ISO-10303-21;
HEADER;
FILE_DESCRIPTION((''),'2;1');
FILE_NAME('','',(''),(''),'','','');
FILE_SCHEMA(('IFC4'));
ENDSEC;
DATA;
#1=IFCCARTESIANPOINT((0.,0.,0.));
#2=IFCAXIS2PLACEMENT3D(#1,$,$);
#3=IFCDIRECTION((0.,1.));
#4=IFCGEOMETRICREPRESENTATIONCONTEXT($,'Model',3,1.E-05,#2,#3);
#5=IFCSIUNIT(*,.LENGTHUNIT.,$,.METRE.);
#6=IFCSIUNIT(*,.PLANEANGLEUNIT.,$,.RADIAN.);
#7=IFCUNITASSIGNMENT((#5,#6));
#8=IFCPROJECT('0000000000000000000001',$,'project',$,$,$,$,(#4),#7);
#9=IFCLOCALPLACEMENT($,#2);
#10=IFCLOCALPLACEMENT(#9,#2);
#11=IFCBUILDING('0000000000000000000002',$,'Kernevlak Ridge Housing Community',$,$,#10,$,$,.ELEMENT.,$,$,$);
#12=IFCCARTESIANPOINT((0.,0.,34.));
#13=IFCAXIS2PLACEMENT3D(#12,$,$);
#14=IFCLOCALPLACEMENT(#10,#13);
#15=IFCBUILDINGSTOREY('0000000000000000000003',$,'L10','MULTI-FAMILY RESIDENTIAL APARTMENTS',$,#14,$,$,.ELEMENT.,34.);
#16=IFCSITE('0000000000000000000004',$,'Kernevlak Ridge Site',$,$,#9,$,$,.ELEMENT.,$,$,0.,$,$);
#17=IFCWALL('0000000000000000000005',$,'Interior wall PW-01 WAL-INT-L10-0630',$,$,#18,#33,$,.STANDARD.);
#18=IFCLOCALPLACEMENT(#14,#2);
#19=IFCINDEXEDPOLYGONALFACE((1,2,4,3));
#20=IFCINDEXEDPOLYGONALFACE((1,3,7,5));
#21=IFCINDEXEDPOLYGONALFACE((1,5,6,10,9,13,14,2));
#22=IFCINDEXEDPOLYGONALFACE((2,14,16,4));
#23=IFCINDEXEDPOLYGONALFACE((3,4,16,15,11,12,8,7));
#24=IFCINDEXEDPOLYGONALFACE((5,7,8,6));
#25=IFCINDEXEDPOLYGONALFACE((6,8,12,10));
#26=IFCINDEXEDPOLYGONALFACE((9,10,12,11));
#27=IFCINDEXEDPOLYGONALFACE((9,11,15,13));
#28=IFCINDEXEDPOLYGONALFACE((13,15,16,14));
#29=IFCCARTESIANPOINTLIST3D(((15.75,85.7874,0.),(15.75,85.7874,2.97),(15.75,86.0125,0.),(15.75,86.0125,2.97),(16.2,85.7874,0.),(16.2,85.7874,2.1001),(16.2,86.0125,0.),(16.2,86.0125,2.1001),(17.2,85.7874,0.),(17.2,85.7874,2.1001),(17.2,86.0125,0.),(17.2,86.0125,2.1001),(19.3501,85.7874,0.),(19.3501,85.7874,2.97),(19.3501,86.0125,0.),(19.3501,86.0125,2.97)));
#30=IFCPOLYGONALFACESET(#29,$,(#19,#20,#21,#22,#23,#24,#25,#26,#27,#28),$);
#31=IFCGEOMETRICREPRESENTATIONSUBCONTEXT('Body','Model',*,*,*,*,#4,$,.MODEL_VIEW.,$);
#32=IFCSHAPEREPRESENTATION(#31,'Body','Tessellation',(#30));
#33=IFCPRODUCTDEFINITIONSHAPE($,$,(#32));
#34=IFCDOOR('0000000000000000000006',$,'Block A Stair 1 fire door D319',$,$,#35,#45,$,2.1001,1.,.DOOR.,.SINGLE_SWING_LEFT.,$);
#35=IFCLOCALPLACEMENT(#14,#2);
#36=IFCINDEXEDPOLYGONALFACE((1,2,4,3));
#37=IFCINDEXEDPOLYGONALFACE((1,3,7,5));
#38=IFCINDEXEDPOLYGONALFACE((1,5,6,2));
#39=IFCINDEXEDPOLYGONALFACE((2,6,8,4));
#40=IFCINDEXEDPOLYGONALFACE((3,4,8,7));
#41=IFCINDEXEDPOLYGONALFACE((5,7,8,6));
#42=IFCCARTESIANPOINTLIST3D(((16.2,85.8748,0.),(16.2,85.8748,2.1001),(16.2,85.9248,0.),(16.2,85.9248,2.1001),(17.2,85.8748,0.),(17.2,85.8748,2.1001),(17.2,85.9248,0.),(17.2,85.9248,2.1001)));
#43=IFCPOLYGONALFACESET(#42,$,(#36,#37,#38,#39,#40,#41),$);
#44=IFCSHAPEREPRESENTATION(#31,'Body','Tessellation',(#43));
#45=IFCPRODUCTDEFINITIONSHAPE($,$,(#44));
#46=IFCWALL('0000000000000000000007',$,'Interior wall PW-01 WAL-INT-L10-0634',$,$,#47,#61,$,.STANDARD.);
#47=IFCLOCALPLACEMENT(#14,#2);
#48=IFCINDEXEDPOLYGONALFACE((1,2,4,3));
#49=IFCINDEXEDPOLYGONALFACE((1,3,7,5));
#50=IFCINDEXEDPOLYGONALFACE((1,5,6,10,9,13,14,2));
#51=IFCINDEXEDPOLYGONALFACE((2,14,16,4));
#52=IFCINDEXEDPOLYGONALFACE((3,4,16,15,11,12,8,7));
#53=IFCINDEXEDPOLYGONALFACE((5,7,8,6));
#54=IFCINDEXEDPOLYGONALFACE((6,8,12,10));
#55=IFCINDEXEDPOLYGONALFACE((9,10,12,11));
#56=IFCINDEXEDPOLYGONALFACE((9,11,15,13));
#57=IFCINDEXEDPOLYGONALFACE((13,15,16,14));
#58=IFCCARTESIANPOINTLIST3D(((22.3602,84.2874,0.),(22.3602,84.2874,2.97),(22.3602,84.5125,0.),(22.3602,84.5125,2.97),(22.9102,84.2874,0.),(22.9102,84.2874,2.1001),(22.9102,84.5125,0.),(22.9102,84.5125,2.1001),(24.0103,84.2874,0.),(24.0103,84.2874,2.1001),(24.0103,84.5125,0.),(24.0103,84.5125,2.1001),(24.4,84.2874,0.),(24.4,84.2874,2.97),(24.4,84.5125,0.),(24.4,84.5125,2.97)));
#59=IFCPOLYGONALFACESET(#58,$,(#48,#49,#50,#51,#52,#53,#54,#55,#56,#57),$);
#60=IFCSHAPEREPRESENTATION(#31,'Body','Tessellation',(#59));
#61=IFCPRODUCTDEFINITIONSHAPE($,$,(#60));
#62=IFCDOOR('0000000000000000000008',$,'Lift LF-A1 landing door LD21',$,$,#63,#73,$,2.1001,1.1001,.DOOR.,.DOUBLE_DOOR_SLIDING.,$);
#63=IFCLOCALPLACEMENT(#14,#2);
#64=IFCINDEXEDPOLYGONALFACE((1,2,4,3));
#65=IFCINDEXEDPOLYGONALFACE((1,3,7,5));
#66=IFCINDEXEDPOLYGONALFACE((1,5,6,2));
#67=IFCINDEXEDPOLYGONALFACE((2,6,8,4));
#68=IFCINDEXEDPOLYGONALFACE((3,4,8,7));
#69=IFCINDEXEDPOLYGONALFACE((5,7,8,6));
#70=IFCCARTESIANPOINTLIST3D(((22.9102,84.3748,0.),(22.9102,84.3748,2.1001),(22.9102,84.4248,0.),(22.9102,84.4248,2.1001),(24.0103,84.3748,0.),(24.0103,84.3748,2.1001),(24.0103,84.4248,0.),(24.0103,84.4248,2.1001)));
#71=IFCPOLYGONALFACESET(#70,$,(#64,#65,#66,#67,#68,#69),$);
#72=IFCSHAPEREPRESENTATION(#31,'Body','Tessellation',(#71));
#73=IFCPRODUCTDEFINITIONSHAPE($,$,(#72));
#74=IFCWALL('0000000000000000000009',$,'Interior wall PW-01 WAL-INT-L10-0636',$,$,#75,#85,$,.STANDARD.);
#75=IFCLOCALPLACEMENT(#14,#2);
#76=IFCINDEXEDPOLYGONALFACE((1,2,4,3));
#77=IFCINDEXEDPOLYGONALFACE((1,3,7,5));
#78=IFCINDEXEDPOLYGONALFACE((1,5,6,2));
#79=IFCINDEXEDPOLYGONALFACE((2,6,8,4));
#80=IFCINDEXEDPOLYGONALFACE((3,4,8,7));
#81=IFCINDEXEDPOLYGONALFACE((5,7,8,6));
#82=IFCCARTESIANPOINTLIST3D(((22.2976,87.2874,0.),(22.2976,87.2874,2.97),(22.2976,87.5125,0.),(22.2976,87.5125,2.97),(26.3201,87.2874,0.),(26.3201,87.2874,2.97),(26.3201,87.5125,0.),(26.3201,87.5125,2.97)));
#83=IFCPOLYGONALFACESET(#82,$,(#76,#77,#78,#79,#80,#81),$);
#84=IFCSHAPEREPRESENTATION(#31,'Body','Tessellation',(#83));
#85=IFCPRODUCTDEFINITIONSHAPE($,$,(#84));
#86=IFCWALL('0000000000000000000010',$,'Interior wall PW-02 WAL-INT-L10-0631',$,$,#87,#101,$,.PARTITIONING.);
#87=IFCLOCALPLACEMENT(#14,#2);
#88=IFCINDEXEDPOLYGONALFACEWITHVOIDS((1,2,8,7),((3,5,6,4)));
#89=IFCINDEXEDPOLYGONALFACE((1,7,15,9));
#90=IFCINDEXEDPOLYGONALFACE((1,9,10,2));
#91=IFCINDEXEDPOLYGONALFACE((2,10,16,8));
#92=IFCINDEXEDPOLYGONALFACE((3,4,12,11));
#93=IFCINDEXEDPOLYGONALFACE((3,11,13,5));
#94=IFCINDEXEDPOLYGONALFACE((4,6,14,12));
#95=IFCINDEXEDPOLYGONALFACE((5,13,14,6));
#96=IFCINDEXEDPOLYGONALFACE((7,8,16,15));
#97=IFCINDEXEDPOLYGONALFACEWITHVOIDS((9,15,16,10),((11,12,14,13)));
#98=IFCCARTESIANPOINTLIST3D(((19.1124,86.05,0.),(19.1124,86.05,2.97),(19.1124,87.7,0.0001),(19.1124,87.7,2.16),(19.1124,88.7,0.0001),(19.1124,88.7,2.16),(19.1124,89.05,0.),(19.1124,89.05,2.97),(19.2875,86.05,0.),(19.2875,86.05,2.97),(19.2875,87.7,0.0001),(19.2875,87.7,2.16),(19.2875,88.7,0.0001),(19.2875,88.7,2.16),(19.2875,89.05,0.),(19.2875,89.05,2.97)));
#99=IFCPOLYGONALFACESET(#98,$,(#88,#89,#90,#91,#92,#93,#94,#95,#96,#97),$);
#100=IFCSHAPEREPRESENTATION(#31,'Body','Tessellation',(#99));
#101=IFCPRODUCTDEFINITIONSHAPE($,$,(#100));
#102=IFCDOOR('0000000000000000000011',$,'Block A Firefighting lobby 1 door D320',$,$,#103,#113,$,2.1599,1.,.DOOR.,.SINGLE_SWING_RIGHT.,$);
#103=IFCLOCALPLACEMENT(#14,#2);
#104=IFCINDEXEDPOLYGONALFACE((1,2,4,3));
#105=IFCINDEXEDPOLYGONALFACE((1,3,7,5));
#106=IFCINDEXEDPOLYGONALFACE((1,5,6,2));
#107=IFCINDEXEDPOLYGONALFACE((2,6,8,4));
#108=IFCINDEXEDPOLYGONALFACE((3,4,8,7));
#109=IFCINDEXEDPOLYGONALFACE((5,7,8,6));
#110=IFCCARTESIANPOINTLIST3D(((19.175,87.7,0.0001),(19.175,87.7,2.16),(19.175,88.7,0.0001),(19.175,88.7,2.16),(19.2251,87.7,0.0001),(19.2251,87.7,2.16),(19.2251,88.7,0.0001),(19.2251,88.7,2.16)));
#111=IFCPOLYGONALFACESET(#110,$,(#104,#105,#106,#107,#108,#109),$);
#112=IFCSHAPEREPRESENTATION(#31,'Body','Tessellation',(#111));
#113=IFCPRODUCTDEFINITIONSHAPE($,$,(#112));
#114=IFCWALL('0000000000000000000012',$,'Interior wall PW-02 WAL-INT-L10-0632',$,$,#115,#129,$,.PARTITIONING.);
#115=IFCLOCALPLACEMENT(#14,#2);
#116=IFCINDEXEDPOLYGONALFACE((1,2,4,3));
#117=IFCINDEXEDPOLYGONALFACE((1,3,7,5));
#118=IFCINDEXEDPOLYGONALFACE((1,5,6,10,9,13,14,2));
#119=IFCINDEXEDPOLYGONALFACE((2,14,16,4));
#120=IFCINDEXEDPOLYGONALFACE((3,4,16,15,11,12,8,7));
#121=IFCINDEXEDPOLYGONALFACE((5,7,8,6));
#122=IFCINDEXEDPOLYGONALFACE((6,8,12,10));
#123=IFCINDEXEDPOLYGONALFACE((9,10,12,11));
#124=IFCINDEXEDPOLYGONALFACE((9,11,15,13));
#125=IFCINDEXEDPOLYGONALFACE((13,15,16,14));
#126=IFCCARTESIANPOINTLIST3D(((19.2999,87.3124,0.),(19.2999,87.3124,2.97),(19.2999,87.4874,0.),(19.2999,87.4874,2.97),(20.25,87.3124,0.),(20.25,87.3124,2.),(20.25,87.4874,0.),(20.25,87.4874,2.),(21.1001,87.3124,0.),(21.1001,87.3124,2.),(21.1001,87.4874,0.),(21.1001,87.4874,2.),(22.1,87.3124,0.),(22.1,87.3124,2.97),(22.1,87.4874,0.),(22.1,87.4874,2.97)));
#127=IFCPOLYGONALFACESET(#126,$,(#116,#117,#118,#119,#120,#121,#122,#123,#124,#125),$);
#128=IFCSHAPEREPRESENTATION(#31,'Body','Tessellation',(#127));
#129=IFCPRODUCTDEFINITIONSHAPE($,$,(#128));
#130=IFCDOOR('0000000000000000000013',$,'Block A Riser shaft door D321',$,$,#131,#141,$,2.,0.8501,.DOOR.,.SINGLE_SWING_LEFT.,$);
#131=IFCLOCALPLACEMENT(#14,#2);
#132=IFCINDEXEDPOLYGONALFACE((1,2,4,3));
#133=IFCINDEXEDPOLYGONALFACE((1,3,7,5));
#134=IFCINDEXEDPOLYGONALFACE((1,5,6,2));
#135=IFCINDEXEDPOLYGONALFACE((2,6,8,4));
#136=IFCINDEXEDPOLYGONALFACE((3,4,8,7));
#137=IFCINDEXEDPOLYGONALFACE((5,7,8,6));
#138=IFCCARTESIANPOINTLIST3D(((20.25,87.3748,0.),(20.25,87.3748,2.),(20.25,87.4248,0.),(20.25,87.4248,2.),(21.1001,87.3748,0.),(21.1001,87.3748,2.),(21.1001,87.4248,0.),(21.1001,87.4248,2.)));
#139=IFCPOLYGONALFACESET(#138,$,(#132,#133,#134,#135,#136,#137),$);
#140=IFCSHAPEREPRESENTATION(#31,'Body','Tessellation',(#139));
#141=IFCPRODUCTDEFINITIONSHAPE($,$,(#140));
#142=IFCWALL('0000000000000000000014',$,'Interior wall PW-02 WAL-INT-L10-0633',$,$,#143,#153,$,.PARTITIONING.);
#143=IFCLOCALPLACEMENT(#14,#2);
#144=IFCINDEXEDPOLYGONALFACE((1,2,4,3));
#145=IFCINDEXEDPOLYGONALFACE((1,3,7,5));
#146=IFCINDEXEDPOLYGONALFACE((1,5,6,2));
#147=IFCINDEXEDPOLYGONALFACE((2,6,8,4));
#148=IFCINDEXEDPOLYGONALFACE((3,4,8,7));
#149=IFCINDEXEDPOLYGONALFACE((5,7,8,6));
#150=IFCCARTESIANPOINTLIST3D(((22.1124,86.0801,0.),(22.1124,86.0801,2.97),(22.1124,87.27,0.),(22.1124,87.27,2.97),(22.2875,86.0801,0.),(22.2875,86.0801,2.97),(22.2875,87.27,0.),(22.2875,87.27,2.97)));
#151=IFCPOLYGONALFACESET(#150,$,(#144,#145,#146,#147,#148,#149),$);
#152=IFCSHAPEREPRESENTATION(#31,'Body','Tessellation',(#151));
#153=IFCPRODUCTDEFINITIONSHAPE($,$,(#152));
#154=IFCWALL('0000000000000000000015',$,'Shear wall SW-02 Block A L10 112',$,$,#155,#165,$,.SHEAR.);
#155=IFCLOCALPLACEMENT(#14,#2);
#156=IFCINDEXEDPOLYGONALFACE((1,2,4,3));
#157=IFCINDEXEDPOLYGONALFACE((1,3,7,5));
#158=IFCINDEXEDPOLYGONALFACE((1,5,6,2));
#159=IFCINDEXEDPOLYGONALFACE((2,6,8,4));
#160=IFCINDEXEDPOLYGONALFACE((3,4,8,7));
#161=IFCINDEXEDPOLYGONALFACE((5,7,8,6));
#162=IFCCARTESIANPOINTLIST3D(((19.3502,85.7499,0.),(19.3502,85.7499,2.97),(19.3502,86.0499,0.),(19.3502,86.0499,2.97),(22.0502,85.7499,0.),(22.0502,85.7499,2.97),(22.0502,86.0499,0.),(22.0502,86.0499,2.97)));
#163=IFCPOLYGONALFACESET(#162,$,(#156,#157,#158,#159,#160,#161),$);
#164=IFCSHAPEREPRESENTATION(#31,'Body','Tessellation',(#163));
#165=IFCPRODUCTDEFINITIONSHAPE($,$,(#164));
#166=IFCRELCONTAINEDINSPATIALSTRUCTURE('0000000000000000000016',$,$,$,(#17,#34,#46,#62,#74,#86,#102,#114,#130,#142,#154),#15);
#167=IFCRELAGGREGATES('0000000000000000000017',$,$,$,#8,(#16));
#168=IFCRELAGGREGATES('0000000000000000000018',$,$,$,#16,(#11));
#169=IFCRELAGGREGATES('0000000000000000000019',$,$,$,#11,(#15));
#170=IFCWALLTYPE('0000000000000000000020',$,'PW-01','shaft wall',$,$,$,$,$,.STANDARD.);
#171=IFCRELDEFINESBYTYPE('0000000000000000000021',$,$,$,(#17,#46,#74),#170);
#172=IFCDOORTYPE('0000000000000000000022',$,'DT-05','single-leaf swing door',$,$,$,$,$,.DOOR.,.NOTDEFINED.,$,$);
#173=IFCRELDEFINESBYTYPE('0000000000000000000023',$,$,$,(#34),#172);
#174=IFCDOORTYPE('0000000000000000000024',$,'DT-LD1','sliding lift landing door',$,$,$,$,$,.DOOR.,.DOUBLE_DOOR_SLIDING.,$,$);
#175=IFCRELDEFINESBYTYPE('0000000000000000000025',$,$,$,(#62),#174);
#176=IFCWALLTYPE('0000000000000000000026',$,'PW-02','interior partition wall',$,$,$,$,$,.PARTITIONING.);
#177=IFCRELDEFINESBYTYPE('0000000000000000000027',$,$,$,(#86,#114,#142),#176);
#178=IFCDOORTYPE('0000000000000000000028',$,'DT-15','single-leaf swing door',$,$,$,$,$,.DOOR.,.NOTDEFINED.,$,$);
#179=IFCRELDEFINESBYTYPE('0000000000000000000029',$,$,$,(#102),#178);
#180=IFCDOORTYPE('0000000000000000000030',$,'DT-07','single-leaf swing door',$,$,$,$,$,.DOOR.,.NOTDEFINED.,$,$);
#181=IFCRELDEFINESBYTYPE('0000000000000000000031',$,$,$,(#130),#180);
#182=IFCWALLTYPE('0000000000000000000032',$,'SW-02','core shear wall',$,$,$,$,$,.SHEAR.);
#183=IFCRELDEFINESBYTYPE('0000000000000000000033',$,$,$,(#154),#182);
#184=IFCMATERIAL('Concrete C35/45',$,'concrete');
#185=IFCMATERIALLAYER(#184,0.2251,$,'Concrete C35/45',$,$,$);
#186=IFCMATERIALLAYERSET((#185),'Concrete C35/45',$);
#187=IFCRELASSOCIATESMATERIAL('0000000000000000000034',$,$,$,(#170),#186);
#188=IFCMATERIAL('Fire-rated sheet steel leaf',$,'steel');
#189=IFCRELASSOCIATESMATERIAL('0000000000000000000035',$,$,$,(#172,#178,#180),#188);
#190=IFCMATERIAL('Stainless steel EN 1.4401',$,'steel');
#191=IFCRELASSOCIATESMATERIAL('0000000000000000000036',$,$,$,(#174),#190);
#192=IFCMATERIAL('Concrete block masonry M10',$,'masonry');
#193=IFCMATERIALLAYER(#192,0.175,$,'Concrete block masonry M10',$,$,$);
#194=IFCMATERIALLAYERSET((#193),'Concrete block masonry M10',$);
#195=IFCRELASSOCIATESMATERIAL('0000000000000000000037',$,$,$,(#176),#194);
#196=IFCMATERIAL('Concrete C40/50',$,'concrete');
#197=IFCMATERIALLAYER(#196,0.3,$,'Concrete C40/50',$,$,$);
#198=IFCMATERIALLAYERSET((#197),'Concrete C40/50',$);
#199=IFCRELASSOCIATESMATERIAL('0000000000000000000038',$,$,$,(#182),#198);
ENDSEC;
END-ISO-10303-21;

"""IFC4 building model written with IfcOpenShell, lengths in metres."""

from ifc_helpers import new_model, si_unit, direction, frame, frame_2d, origin, place, context, subcontext, project, spatial, rectangle, extrude, material, layer, layer_set, type_object, element, fill, save


model = new_model("IFC4")

# Units and contexts
model_context = context("Model", 3, precision=1e-05, world=origin(), true_north=direction((0.0, 1.0)))
body_context = subcontext(model_context, "Body", "Model", "MODEL_VIEW")
ifc_project = project(units=[si_unit("LENGTHUNIT", "METRE"), si_unit("PLANEANGLEUNIT", "RADIAN")], contexts=[model_context])

# Site, building, storey
site_placement = place(None, origin())
site = spatial("IfcSite", under=ifc_project, at=site_placement, Name="Kernevlak Ridge Site", CompositionType="ELEMENT", RefElevation=0.0)
building_placement = place(site_placement, origin())
building = spatial("IfcBuilding", under=site, at=building_placement, Name="Kernevlak Ridge Housing Community", CompositionType="ELEMENT")
storey_placement = place(building_placement, frame((0.0, 0.0, 34.0)))
storey = spatial("IfcBuildingStorey", under=building, at=storey_placement, Name="L10", Description="MULTI-FAMILY RESIDENTIAL APARTMENTS", CompositionType="ELEMENT", Elevation=34.0)

# Walls, openings, doors
ifc_material_1 = material(Name="Concrete C35/45", Category="concrete")
ifc_layer_1 = layer(ifc_material_1, 0.2251, Name="Concrete C35/45")
ifc_layer_set_1 = layer_set([ifc_layer_1], Name="Concrete C35/45")
wall_type_1 = type_object("IfcWallType", Name="PW-01", Description="shaft wall", PredefinedType="STANDARD", material=ifc_layer_set_1)
wall_1_placement = place(storey_placement, frame((15.75, 85.8999, 0.0), z_axis=(0.0, 0.0, 1.0), x_axis=(1.0, 0.0, 0.0)))
wall_1 = element("IfcWall", 1, at=wall_1_placement, inside=storey, type_object=wall_type_1, Name="Interior wall PW-01 WAL-INT-L10-0630", PredefinedType="STANDARD", context=body_context, shape_type="SweptSolid", body=[
    extrude(rectangle(XDim=3.6001, YDim=0.2251, at=frame_2d((1.8, 0.0))), origin(), (0.0, 0.0, 1.0), 2.97),
])
opening_1_placement = place(wall_1_placement, frame((0.45, 0.0, 0.0)))
opening_1 = element("IfcOpeningElement", 2, at=opening_1_placement, cuts=wall_1, PredefinedType="OPENING", context=body_context, shape_type="SweptSolid", body=[
    extrude(rectangle(XDim=1.0, YDim=2.1001, at=frame_2d((0.5, 1.05))), frame((0.0, 0.1226, 0.0), z_axis=(0.0, -1.0, 0.0), x_axis=(1.0, 0.0, 0.0)), (0.0, 0.0, 1.0), 0.2451),
])
ifc_material_2 = material(Name="Fire-rated sheet steel leaf", Category="steel")
door_type_1 = type_object("IfcDoorType", Name="DT-05", Description="single-leaf swing door", OperationType="NOTDEFINED", PredefinedType="DOOR", material=ifc_material_2)
door_1_placement = place(opening_1_placement, origin())
door_1 = element("IfcDoor", 3, at=door_1_placement, inside=storey, type_object=door_type_1, Name="Block A Stair 1 fire door D319", OperationType="SINGLE_SWING_LEFT", OverallHeight=2.1001, OverallWidth=1.0, PredefinedType="DOOR", context=body_context, shape_type="SweptSolid", body=[
    extrude(rectangle(XDim=1.0, YDim=2.1001, at=frame_2d((0.5, 1.05))), frame((0.0, 0.0249, 0.0), z_axis=(0.0, -1.0, 0.0), x_axis=(1.0, 0.0, 0.0)), (0.0, 0.0, 1.0), 0.05),
])
fill(opening_1, door_1)
wall_2_placement = place(storey_placement, frame((22.3601, 84.3999, 0.0), z_axis=(0.0, 0.0, 1.0), x_axis=(1.0, 0.0, 0.0)))
wall_2 = element("IfcWall", 4, at=wall_2_placement, inside=storey, type_object=wall_type_1, Name="Interior wall PW-01 WAL-INT-L10-0634", PredefinedType="STANDARD", context=body_context, shape_type="SweptSolid", body=[
    extrude(rectangle(XDim=2.0398, YDim=0.2251, at=frame_2d((1.02, 0.0))), origin(), (0.0, 0.0, 1.0), 2.97),
])
opening_2_placement = place(wall_2_placement, frame((0.55, 0.0, 0.0)))
opening_2 = element("IfcOpeningElement", 5, at=opening_2_placement, cuts=wall_2, PredefinedType="OPENING", context=body_context, shape_type="SweptSolid", body=[
    extrude(rectangle(XDim=1.1001, YDim=2.1001, at=frame_2d((0.55, 1.05))), frame((0.0, 0.1226, 0.0), z_axis=(0.0, -1.0, 0.0), x_axis=(1.0, 0.0, 0.0)), (0.0, 0.0, 1.0), 0.2451),
])
ifc_material_3 = material(Name="Stainless steel EN 1.4401", Category="steel")
door_type_2 = type_object("IfcDoorType", Name="DT-LD1", Description="sliding lift landing door", OperationType="DOUBLE_DOOR_SLIDING", PredefinedType="DOOR", material=ifc_material_3)
door_2_placement = place(opening_2_placement, origin())
door_2 = element("IfcDoor", 6, at=door_2_placement, inside=storey, type_object=door_type_2, Name="Lift LF-A1 landing door LD21", OperationType="DOUBLE_DOOR_SLIDING", OverallHeight=2.1001, OverallWidth=1.1001, PredefinedType="DOOR", context=body_context, shape_type="SweptSolid", body=[
    extrude(rectangle(XDim=1.1001, YDim=2.1001, at=frame_2d((0.55, 1.05))), frame((0.0, 0.0249, 0.0), z_axis=(0.0, -1.0, 0.0), x_axis=(1.0, 0.0, 0.0)), (0.0, 0.0, 1.0), 0.05),
])
fill(opening_2, door_2)

# Wall
wall_3_placement = place(storey_placement, frame((22.2976, 87.3999, 0.0), z_axis=(0.0, 0.0, 1.0), x_axis=(1.0, 0.0, 0.0)))
element("IfcWall", 7, at=wall_3_placement, inside=storey, type_object=wall_type_1, Name="Interior wall PW-01 WAL-INT-L10-0636", PredefinedType="STANDARD", context=body_context, shape_type="SweptSolid", body=[
    extrude(rectangle(XDim=4.0225, YDim=0.2251, at=frame_2d((2.0112, 0.0))), origin(), (0.0, 0.0, 1.0), 2.97),
])

# Walls, openings, doors
ifc_material_4 = material(Name="Concrete block masonry M10", Category="masonry")
ifc_layer_2 = layer(ifc_material_4, 0.175, Name="Concrete block masonry M10")
ifc_layer_set_2 = layer_set([ifc_layer_2], Name="Concrete block masonry M10")
wall_type_2 = type_object("IfcWallType", Name="PW-02", Description="interior partition wall", PredefinedType="PARTITIONING", material=ifc_layer_set_2)
wall_4_placement = place(storey_placement, frame((19.2, 86.05, 0.0), z_axis=(0.0, 0.0, 1.0), x_axis=(0.0, 1.0, 0.0)))
wall_4 = element("IfcWall", 8, at=wall_4_placement, inside=storey, type_object=wall_type_2, Name="Interior wall PW-02 WAL-INT-L10-0631", PredefinedType="PARTITIONING", context=body_context, shape_type="SweptSolid", body=[
    extrude(rectangle(XDim=3.0, YDim=0.175, at=frame_2d((1.5, 0.0))), origin(), (0.0, 0.0, 1.0), 2.97),
])
opening_3_placement = place(wall_4_placement, frame((1.6499, 0.0, 0.0)))
opening_3 = element("IfcOpeningElement", 9, at=opening_3_placement, cuts=wall_4, PredefinedType="OPENING", context=body_context, shape_type="SweptSolid", body=[
    extrude(rectangle(XDim=1.0, YDim=2.1599, at=frame_2d((0.5, 1.0801))), frame((0.0, 0.0974, 0.0), z_axis=(0.0, -1.0, 0.0), x_axis=(1.0, 0.0, 0.0)), (0.0, 0.0, 1.0), 0.1951),
])
door_type_3 = type_object("IfcDoorType", Name="DT-15", Description="single-leaf swing door", OperationType="NOTDEFINED", PredefinedType="DOOR", material=ifc_material_2)
door_3_placement = place(opening_3_placement, origin())
door_3 = element("IfcDoor", 10, at=door_3_placement, inside=storey, type_object=door_type_3, Name="Block A Firefighting lobby 1 door D320", OperationType="SINGLE_SWING_RIGHT", OverallHeight=2.1599, OverallWidth=1.0, PredefinedType="DOOR", context=body_context, shape_type="SweptSolid", body=[
    extrude(rectangle(XDim=1.0, YDim=2.1599, at=frame_2d((0.5, 1.0801))), frame((0.0, 0.0249, 0.0), z_axis=(0.0, -1.0, 0.0), x_axis=(1.0, 0.0, 0.0)), (0.0, 0.0, 1.0), 0.05),
])
fill(opening_3, door_3)
wall_5_placement = place(storey_placement, frame((19.3, 87.3999, 0.0), z_axis=(0.0, 0.0, 1.0), x_axis=(1.0, 0.0, 0.0)))
wall_5 = element("IfcWall", 11, at=wall_5_placement, inside=storey, type_object=wall_type_2, Name="Interior wall PW-02 WAL-INT-L10-0632", PredefinedType="PARTITIONING", context=body_context, shape_type="SweptSolid", body=[
    extrude(rectangle(XDim=2.8, YDim=0.175, at=frame_2d((1.3999, 0.0))), origin(), (0.0, 0.0, 1.0), 2.97),
])
opening_4_placement = place(wall_5_placement, frame((0.95, 0.0, 0.0)))
opening_4 = element("IfcOpeningElement", 12, at=opening_4_placement, cuts=wall_5, PredefinedType="OPENING", context=body_context, shape_type="SweptSolid", body=[
    extrude(rectangle(XDim=0.8501, YDim=2.0, at=frame_2d((0.425, 1.0))), frame((0.0, 0.0974, 0.0), z_axis=(0.0, -1.0, 0.0), x_axis=(1.0, 0.0, 0.0)), (0.0, 0.0, 1.0), 0.1951),
])
door_type_4 = type_object("IfcDoorType", Name="DT-07", Description="single-leaf swing door", OperationType="NOTDEFINED", PredefinedType="DOOR", material=ifc_material_2)
door_4_placement = place(opening_4_placement, origin())
door_4 = element("IfcDoor", 13, at=door_4_placement, inside=storey, type_object=door_type_4, Name="Block A Riser shaft door D321", OperationType="SINGLE_SWING_LEFT", OverallHeight=2.0, OverallWidth=0.8501, PredefinedType="DOOR", context=body_context, shape_type="SweptSolid", body=[
    extrude(rectangle(XDim=0.8501, YDim=2.0, at=frame_2d((0.425, 1.0))), frame((0.0, 0.0249, 0.0), z_axis=(0.0, -1.0, 0.0), x_axis=(1.0, 0.0, 0.0)), (0.0, 0.0, 1.0), 0.05),
])
fill(opening_4, door_4)

# Walls
wall_6_placement = place(storey_placement, frame((22.2, 86.0801, 0.0), z_axis=(0.0, 0.0, 1.0), x_axis=(0.0, 1.0, 0.0)))
element("IfcWall", 14, at=wall_6_placement, inside=storey, type_object=wall_type_2, Name="Interior wall PW-02 WAL-INT-L10-0633", PredefinedType="PARTITIONING", context=body_context, shape_type="SweptSolid", body=[
    extrude(rectangle(XDim=1.1899, YDim=0.175, at=frame_2d((0.595, 0.0))), origin(), (0.0, 0.0, 1.0), 2.97),
])
ifc_material_5 = material(Name="Concrete C40/50", Category="concrete")
ifc_layer_3 = layer(ifc_material_5, 0.3, Name="Concrete C40/50")
ifc_layer_set_3 = layer_set([ifc_layer_3], Name="Concrete C40/50")
wall_type_3 = type_object("IfcWallType", Name="SW-02", Description="core shear wall", PredefinedType="SHEAR", material=ifc_layer_set_3)
wall_7_placement = place(storey_placement, frame((19.3501, 85.8999, 0.0), z_axis=(0.0, 0.0, 1.0), x_axis=(1.0, 0.0, 0.0)))
element("IfcWall", 15, at=wall_7_placement, inside=storey, type_object=wall_type_3, Name="Shear wall SW-02 Block A L10 112", PredefinedType="SHEAR", context=body_context, shape_type="SweptSolid", body=[
    extrude(rectangle(XDim=2.7, YDim=0.3, at=frame_2d((1.3501, 0.0))), origin(), (0.0, 0.0, 1.0), 2.97),
])

save(model, "model.ifc")
